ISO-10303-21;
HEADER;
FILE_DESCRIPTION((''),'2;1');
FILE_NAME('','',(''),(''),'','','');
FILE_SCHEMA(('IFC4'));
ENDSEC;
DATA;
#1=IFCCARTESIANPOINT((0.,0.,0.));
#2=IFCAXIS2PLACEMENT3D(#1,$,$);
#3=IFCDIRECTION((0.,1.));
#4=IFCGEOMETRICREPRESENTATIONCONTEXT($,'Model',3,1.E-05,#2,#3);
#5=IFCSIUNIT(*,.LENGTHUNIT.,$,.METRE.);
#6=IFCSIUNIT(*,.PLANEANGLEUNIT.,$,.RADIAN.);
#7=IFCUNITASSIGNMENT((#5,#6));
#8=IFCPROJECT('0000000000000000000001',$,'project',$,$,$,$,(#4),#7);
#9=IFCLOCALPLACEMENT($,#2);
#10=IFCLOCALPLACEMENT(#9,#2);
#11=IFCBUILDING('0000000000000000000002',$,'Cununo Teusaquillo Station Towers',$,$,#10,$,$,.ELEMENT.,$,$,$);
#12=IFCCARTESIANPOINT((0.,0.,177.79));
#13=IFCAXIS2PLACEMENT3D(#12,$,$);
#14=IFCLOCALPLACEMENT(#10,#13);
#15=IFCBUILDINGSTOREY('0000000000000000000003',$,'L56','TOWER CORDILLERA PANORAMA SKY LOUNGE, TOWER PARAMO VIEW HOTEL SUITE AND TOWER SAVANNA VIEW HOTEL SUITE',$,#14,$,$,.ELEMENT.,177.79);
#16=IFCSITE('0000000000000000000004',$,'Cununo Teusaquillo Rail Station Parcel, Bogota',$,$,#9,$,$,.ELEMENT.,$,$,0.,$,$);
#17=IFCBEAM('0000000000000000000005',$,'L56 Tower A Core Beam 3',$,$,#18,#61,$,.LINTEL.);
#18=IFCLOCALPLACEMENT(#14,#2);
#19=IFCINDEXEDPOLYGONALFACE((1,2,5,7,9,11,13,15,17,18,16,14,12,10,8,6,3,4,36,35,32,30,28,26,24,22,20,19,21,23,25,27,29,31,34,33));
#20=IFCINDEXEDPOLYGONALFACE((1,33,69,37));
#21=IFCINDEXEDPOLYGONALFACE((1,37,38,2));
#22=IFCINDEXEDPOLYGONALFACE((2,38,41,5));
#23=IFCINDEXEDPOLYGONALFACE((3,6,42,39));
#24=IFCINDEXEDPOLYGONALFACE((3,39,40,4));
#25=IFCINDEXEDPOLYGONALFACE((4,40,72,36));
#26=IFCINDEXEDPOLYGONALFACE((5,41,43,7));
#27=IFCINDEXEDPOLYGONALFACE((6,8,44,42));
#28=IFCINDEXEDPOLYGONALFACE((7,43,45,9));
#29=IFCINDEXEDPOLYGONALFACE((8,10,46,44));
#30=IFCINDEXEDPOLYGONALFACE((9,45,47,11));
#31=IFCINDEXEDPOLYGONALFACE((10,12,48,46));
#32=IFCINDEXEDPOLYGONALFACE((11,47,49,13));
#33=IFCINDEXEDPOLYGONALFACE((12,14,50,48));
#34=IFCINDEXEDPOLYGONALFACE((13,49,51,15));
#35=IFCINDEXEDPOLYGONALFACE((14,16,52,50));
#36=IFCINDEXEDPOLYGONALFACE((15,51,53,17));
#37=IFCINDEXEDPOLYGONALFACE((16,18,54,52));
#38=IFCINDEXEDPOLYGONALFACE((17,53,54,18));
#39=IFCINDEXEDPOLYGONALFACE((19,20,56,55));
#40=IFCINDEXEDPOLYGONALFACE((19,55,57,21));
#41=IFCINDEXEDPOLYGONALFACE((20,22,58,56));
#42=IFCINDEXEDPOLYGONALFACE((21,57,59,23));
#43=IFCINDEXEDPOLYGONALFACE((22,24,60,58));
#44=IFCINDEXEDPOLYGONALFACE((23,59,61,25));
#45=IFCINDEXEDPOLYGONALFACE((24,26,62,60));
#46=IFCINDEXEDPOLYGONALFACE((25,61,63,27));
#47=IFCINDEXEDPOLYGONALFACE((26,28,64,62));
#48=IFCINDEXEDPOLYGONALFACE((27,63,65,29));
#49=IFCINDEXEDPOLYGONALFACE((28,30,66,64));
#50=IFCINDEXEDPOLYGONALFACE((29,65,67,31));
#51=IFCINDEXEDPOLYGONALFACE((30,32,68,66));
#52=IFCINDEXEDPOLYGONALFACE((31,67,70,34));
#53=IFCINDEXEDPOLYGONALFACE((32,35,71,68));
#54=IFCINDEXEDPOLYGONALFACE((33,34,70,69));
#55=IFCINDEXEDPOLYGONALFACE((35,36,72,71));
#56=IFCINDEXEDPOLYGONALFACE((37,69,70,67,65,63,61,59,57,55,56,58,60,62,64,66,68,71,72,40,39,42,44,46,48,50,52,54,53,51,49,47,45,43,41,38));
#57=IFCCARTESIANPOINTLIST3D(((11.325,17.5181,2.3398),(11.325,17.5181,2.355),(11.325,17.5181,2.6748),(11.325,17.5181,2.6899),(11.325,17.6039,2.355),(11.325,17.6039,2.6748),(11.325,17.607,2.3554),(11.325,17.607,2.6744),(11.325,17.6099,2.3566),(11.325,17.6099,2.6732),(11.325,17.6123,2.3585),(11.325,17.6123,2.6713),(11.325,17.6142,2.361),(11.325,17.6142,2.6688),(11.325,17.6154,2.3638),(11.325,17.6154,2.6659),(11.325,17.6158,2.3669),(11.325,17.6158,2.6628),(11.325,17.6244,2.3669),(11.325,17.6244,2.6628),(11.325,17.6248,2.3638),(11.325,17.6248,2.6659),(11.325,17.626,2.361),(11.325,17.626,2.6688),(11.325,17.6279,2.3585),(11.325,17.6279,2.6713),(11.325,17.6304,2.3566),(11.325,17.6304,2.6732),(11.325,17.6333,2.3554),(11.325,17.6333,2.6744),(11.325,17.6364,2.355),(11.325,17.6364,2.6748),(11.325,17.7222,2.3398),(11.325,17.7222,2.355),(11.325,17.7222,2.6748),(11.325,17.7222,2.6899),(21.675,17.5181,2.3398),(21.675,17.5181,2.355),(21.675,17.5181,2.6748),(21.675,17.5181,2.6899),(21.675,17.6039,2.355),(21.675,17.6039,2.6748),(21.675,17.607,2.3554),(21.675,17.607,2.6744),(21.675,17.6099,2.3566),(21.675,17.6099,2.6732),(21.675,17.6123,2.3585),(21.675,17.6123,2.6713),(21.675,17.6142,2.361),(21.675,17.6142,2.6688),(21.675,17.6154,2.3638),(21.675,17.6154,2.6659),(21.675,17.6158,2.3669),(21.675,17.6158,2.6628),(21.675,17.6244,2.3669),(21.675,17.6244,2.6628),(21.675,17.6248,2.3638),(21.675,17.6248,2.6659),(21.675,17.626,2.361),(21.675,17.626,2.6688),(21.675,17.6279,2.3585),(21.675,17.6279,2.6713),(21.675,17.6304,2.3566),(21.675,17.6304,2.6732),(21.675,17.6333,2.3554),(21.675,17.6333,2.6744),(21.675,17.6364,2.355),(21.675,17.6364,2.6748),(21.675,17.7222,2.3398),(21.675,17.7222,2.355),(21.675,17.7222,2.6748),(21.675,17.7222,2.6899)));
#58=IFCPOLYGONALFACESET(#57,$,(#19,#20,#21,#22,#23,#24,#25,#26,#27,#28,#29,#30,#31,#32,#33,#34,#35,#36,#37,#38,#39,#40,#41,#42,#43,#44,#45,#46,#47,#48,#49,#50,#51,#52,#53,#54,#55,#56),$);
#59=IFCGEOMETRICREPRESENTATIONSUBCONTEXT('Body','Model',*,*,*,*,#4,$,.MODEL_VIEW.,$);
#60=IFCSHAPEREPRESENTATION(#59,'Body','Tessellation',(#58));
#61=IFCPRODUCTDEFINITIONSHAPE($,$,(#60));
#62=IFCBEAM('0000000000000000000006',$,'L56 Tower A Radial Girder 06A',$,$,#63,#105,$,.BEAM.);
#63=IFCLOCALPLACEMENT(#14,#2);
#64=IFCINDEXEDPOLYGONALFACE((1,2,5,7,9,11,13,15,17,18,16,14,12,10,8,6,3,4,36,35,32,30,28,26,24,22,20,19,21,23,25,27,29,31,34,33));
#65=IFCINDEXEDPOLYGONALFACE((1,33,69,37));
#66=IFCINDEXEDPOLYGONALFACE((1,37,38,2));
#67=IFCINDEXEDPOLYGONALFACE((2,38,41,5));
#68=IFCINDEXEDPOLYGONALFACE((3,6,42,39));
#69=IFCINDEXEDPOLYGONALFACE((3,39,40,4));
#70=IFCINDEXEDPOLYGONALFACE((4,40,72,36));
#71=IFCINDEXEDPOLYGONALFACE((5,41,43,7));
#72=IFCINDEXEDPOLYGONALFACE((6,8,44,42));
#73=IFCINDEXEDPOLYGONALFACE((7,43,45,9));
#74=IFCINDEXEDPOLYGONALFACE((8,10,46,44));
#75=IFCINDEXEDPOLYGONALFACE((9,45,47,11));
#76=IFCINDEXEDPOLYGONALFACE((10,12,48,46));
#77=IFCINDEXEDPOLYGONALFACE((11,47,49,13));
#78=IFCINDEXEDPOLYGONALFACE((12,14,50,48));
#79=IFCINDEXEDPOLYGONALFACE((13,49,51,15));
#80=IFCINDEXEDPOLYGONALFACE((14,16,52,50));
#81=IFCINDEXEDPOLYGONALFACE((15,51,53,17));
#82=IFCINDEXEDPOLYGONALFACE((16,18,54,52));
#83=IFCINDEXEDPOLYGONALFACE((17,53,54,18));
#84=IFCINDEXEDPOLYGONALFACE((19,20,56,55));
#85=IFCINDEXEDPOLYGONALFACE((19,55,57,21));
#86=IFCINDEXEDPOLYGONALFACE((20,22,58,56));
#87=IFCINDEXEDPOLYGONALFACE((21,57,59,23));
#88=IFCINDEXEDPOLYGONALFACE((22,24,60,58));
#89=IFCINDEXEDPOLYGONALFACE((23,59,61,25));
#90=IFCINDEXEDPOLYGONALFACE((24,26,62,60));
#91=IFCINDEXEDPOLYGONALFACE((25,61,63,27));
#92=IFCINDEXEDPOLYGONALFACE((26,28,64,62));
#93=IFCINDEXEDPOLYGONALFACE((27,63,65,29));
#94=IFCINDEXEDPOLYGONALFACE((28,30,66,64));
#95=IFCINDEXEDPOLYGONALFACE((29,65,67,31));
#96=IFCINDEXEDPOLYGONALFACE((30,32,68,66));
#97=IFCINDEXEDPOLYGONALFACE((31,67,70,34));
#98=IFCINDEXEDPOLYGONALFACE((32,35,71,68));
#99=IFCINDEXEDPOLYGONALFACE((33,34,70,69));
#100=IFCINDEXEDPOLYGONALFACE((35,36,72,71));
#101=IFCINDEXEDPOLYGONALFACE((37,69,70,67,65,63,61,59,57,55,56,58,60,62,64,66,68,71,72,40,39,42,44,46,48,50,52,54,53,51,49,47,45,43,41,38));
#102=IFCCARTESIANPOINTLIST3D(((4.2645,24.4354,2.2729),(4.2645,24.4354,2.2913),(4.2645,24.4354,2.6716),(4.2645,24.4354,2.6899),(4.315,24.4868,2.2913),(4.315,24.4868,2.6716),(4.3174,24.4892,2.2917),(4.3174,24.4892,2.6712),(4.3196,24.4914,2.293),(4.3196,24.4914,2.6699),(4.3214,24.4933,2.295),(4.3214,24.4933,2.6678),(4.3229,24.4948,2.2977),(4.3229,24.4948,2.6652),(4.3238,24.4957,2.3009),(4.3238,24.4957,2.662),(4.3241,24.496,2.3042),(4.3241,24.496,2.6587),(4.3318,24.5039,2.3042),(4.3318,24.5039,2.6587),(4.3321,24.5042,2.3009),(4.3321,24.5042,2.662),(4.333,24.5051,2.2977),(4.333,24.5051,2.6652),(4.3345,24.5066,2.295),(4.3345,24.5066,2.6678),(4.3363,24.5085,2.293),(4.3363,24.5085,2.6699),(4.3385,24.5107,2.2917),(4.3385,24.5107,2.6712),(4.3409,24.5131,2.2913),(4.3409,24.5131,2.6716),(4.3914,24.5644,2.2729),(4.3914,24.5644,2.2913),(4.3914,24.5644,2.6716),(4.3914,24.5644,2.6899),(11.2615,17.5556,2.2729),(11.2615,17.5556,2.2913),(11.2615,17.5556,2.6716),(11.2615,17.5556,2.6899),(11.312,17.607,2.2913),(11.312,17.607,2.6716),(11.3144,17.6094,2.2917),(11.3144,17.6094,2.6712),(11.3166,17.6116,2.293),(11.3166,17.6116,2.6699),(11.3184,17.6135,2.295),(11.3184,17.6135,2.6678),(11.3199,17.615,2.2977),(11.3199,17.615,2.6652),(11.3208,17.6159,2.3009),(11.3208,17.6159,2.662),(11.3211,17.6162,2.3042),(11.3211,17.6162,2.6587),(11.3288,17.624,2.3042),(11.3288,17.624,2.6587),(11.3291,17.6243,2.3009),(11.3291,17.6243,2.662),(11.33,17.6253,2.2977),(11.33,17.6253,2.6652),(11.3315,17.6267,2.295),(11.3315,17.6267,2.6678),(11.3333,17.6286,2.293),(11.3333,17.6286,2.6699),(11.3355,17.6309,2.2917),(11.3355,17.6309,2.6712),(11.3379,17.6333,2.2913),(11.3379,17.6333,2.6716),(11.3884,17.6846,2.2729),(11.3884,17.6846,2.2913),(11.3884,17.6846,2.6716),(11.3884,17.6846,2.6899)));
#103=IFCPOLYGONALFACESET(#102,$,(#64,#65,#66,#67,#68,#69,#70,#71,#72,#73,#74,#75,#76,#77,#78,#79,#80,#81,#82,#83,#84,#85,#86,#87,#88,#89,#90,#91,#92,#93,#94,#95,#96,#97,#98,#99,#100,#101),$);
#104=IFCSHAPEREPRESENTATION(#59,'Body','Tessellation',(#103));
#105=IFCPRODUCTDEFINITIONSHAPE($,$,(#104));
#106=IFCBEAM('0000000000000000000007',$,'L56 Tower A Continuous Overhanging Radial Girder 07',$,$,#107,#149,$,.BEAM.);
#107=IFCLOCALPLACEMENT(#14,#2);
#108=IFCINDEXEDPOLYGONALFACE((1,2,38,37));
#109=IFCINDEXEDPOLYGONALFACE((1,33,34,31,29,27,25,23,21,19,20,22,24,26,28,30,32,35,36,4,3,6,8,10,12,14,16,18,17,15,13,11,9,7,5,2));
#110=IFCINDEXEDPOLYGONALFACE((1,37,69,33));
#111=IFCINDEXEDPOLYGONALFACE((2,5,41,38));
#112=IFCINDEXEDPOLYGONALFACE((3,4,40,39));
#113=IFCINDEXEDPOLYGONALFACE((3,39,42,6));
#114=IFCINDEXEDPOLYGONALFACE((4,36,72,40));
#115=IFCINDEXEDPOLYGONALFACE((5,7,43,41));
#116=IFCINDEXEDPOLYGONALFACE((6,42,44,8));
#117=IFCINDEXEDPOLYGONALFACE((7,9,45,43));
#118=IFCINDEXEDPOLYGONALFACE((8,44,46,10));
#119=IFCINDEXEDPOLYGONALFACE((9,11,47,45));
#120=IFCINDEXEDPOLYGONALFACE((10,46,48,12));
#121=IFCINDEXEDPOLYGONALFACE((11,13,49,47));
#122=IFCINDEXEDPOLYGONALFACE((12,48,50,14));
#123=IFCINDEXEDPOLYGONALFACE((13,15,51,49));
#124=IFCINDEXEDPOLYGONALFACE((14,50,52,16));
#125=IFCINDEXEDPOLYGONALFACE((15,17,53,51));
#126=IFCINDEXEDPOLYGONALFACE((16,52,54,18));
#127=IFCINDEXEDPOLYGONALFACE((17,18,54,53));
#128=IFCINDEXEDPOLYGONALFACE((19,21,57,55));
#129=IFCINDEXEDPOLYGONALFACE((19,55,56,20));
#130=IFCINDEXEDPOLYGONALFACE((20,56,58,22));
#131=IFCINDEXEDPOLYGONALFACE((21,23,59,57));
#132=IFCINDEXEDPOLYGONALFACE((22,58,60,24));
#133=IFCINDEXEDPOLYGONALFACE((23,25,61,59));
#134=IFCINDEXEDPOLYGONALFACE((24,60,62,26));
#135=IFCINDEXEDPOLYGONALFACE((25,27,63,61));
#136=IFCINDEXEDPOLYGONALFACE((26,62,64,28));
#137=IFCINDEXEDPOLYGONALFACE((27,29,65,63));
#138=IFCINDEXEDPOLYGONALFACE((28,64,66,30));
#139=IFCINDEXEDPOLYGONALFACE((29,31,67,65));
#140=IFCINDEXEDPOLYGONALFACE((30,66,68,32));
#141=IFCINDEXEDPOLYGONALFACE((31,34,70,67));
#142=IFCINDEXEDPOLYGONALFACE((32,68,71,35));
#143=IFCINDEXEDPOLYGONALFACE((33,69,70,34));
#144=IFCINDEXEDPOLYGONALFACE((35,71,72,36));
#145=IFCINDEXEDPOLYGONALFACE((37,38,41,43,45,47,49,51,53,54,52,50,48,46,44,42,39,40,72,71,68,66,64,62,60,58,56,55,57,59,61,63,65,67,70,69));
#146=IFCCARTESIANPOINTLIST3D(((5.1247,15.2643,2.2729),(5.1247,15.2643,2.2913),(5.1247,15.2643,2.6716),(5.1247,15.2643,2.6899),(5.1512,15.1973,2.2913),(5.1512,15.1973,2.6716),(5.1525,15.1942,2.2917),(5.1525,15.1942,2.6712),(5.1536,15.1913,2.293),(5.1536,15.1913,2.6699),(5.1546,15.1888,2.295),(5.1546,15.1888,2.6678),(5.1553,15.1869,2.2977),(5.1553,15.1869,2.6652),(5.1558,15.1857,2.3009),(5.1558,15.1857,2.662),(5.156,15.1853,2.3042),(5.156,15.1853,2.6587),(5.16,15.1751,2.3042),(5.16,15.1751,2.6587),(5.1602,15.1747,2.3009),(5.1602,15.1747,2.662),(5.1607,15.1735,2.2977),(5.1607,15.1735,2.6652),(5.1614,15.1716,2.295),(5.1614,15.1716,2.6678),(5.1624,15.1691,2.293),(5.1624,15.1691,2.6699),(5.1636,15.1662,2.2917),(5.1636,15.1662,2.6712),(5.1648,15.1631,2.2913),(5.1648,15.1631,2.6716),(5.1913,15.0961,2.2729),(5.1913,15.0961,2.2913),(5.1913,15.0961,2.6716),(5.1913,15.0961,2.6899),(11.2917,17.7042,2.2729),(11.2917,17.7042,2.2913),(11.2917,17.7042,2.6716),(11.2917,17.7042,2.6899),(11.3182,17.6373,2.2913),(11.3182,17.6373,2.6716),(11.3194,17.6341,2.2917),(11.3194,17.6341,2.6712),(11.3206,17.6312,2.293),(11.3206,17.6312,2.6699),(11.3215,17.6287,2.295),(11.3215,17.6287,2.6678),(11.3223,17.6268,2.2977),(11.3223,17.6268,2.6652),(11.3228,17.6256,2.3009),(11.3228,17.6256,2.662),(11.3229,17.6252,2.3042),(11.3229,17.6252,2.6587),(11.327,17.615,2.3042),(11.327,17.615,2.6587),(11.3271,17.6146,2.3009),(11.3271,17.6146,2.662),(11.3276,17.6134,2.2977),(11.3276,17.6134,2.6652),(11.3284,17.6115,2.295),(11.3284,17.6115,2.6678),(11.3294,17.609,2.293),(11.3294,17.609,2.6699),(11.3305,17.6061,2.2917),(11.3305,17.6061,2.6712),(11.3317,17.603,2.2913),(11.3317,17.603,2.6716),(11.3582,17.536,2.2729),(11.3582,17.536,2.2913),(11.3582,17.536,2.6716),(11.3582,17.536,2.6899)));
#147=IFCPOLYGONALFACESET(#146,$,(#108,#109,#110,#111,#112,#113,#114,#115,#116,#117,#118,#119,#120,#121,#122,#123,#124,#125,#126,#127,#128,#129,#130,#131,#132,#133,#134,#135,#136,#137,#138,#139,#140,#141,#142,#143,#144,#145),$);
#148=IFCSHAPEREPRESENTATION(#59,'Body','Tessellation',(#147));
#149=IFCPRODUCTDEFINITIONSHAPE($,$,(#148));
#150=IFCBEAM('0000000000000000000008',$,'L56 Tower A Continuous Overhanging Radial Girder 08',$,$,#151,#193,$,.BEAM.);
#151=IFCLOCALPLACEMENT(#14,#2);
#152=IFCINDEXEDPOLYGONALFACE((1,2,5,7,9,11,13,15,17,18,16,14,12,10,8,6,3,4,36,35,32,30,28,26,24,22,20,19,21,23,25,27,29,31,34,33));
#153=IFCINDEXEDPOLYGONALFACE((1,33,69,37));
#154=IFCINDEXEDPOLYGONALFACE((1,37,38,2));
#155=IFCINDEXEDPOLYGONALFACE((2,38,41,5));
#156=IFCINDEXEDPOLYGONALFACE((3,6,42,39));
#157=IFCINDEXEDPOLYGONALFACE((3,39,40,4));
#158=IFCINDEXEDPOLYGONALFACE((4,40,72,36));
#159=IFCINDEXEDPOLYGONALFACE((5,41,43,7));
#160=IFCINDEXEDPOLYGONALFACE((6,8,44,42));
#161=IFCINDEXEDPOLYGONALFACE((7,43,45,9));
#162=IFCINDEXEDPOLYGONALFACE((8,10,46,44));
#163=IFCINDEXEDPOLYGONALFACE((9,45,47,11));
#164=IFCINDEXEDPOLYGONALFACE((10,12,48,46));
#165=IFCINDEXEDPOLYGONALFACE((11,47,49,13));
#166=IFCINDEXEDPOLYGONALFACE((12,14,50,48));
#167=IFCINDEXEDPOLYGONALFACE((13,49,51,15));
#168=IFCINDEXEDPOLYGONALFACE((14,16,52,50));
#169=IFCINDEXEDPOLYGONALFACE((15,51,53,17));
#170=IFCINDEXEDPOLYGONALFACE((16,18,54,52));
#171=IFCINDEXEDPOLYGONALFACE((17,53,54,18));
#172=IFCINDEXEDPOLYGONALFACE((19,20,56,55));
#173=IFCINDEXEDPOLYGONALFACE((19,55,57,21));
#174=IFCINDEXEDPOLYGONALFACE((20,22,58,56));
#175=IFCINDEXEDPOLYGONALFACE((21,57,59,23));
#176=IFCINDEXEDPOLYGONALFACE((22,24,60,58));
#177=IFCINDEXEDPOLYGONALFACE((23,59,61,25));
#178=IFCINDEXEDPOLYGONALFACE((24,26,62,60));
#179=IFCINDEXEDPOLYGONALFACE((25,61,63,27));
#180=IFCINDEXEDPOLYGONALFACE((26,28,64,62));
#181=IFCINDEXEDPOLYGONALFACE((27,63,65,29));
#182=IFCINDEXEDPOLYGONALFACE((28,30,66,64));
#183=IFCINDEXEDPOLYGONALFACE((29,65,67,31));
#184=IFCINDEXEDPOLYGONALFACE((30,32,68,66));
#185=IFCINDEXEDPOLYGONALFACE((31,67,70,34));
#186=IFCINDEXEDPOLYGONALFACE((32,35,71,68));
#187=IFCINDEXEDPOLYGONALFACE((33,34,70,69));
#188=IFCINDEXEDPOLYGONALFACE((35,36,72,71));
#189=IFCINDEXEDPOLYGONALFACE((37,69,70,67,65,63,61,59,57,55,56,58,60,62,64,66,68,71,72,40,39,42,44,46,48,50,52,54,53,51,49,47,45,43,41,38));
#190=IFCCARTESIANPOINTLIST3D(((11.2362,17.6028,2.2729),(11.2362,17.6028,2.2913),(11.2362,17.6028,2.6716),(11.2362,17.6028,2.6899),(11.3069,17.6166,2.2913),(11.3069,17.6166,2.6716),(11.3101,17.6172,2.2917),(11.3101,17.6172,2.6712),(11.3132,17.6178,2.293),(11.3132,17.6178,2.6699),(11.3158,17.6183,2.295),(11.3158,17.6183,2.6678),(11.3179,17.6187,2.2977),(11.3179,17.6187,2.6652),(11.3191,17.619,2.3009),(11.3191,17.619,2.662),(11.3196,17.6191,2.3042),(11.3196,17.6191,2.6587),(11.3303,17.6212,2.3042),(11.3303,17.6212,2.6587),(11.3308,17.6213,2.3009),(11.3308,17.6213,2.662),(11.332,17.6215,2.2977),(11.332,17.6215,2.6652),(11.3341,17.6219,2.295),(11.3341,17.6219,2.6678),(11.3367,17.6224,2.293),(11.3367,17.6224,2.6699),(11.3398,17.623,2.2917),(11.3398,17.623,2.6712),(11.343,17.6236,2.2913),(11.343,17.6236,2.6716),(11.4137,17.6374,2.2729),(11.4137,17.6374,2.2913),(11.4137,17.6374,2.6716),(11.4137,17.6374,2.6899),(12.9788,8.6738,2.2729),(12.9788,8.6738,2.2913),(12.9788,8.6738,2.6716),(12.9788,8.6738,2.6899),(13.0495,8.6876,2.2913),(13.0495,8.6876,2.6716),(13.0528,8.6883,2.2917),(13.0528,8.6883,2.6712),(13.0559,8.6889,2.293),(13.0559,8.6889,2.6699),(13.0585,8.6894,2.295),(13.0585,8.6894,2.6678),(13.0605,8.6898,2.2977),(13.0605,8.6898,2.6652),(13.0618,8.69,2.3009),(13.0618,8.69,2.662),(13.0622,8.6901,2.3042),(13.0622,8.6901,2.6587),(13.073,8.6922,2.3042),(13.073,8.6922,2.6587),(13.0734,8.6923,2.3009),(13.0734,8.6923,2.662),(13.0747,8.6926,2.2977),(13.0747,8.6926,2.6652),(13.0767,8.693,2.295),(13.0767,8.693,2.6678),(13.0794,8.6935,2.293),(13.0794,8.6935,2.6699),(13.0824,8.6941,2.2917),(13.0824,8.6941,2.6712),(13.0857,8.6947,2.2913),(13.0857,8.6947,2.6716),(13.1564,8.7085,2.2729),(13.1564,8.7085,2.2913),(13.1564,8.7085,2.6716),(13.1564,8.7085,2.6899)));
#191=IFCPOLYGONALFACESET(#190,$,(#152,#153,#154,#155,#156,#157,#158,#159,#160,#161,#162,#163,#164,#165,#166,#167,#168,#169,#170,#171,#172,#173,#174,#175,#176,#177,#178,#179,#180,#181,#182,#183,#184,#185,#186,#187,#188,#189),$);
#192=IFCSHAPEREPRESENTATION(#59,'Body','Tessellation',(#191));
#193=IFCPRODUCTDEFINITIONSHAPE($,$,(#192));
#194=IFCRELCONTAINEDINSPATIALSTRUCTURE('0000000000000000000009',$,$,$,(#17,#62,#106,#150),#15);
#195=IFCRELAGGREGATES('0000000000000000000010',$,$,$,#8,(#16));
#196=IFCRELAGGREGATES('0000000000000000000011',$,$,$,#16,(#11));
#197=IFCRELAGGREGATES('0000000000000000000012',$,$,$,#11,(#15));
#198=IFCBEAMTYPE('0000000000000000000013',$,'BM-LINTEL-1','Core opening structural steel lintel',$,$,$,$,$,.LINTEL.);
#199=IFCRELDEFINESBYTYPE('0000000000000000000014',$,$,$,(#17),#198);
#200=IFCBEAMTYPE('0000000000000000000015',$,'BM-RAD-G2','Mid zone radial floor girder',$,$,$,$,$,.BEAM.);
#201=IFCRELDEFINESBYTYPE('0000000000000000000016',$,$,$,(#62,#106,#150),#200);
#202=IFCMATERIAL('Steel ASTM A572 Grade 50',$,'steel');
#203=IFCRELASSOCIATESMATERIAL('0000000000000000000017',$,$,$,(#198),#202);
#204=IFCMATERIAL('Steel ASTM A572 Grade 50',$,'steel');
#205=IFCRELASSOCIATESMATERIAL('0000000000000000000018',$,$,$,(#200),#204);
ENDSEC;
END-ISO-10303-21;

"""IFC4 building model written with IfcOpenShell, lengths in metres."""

from ifc_helpers import new_model, si_unit, direction, frame, origin, origin_2d, place, context, subcontext, project, spatial, i_section, extrude, material, material_profile, profile_set, type_object, element, save


model = new_model("IFC4")

# Units and contexts
model_context = context("Model", 3, precision=1e-05, world=origin(), true_north=direction((0.0, 1.0)))
body_context = subcontext(model_context, "Body", "Model", "MODEL_VIEW")
ifc_project = project(units=[si_unit("LENGTHUNIT", "METRE"), si_unit("PLANEANGLEUNIT", "RADIAN")], contexts=[model_context])

# Site, building, storey
site_placement = place(None, origin())
site = spatial("IfcSite", under=ifc_project, at=site_placement, Name="Cununo Teusaquillo Rail Station Parcel, Bogota", CompositionType="ELEMENT", RefElevation=0.0)
building_placement = place(site_placement, origin())
building = spatial("IfcBuilding", under=site, at=building_placement, Name="Cununo Teusaquillo Station Towers", CompositionType="ELEMENT")
storey_placement = place(building_placement, frame((0.0, 0.0, 177.79)))
storey = spatial("IfcBuildingStorey", under=building, at=storey_placement, Name="L56", Description="TOWER CORDILLERA PANORAMA SKY LOUNGE, TOWER PARAMO VIEW HOTEL SUITE AND TOWER SAVANNA VIEW HOTEL SUITE", CompositionType="ELEMENT", Elevation=177.79)

# Beams
ifc_material_1 = material(Name="Steel ASTM A572 Grade 50", Category="steel")
ifc_material_profile_1 = material_profile(ifc_material_1, i_section(OverallWidth=0.2041, OverallDepth=0.3501, WebThickness=0.0085, FlangeThickness=0.0151, FilletRadius=0.012, at=origin_2d()), Name="W14X48")
ifc_profile_set_1 = profile_set([ifc_material_profile_1], Name="Steel ASTM A572 Grade 50")
beam_type_1 = type_object("IfcBeamType", Name="BM-LINTEL-1", Description="Core opening structural steel lintel", PredefinedType="LINTEL", material=ifc_profile_set_1)
beam_1_placement = place(storey_placement, frame((11.325, 17.6201, 2.5149), z_axis=(1.0, 0.0, 0.0), x_axis=(0.0, 1.0, 0.0)))
element("IfcBeam", 1, at=beam_1_placement, inside=storey, type_object=beam_type_1, Name="L56 Tower A Core Beam 3", PredefinedType="LINTEL", context=body_context, shape_type="SweptSolid", body=[
    extrude(i_section(OverallWidth=0.2041, OverallDepth=0.3501, WebThickness=0.0085, FlangeThickness=0.0151, FilletRadius=0.012, at=origin_2d()), origin(), (0.0, 0.0, 1.0), 10.3501),
])
ifc_material_2 = material(Name="Steel ASTM A572 Grade 50", Category="steel")
ifc_material_profile_2 = material_profile(ifc_material_2, i_section(OverallWidth=0.1809, OverallDepth=0.417, WebThickness=0.011, FlangeThickness=0.0183, FilletRadius=0.0129, at=origin_2d()), Name="W16X57")
ifc_profile_set_2 = profile_set([ifc_material_profile_2], Name="Steel ASTM A572 Grade 50")
beam_type_2 = type_object("IfcBeamType", Name="BM-RAD-G2", Description="Mid zone radial floor girder", PredefinedType="BEAM", material=ifc_profile_set_2)
beam_2_placement = place(storey_placement, frame((11.325, 17.6201, 2.4814), z_axis=(-0.713053, 0.70111, 0.0), x_axis=(-0.70111, -0.713053, 0.0)))
element("IfcBeam", 2, at=beam_2_placement, inside=storey, type_object=beam_type_2, Name="L56 Tower A Radial Girder 06A", PredefinedType="BEAM", context=body_context, shape_type="SweptSolid", body=[
    extrude(i_section(OverallWidth=0.1809, OverallDepth=0.417, WebThickness=0.011, FlangeThickness=0.0183, FilletRadius=0.0129, at=origin_2d()), origin(), (0.0, 0.0, 1.0), 9.8127),
])
beam_3_placement = place(storey_placement, frame((11.325, 17.6201, 2.4814), z_axis=(-0.929866, -0.367897, 0.0), x_axis=(0.367897, -0.929866, 0.0)))
element("IfcBeam", 3, at=beam_3_placement, inside=storey, type_object=beam_type_2, Name="L56 Tower A Continuous Overhanging Radial Girder 07", PredefinedType="BEAM", context=body_context, shape_type="SweptSolid", body=[
    extrude(i_section(OverallWidth=0.1809, OverallDepth=0.417, WebThickness=0.011, FlangeThickness=0.0183, FilletRadius=0.0129, at=origin_2d()), origin(), (0.0, 0.0, 1.0), 6.6321),
])
beam_4_placement = place(storey_placement, frame((11.325, 17.6201, 2.4814), z_axis=(0.191557, -0.981481, 0.0), x_axis=(0.981481, 0.191557, 0.0)))
element("IfcBeam", 4, at=beam_4_placement, inside=storey, type_object=beam_type_2, Name="L56 Tower A Continuous Overhanging Radial Girder 08", PredefinedType="BEAM", context=body_context, shape_type="SweptSolid", body=[
    extrude(i_section(OverallWidth=0.1809, OverallDepth=0.417, WebThickness=0.011, FlangeThickness=0.0183, FilletRadius=0.0129, at=origin_2d()), origin(), (0.0, 0.0, 1.0), 9.0974),
])

save(model, "model.ifc")
